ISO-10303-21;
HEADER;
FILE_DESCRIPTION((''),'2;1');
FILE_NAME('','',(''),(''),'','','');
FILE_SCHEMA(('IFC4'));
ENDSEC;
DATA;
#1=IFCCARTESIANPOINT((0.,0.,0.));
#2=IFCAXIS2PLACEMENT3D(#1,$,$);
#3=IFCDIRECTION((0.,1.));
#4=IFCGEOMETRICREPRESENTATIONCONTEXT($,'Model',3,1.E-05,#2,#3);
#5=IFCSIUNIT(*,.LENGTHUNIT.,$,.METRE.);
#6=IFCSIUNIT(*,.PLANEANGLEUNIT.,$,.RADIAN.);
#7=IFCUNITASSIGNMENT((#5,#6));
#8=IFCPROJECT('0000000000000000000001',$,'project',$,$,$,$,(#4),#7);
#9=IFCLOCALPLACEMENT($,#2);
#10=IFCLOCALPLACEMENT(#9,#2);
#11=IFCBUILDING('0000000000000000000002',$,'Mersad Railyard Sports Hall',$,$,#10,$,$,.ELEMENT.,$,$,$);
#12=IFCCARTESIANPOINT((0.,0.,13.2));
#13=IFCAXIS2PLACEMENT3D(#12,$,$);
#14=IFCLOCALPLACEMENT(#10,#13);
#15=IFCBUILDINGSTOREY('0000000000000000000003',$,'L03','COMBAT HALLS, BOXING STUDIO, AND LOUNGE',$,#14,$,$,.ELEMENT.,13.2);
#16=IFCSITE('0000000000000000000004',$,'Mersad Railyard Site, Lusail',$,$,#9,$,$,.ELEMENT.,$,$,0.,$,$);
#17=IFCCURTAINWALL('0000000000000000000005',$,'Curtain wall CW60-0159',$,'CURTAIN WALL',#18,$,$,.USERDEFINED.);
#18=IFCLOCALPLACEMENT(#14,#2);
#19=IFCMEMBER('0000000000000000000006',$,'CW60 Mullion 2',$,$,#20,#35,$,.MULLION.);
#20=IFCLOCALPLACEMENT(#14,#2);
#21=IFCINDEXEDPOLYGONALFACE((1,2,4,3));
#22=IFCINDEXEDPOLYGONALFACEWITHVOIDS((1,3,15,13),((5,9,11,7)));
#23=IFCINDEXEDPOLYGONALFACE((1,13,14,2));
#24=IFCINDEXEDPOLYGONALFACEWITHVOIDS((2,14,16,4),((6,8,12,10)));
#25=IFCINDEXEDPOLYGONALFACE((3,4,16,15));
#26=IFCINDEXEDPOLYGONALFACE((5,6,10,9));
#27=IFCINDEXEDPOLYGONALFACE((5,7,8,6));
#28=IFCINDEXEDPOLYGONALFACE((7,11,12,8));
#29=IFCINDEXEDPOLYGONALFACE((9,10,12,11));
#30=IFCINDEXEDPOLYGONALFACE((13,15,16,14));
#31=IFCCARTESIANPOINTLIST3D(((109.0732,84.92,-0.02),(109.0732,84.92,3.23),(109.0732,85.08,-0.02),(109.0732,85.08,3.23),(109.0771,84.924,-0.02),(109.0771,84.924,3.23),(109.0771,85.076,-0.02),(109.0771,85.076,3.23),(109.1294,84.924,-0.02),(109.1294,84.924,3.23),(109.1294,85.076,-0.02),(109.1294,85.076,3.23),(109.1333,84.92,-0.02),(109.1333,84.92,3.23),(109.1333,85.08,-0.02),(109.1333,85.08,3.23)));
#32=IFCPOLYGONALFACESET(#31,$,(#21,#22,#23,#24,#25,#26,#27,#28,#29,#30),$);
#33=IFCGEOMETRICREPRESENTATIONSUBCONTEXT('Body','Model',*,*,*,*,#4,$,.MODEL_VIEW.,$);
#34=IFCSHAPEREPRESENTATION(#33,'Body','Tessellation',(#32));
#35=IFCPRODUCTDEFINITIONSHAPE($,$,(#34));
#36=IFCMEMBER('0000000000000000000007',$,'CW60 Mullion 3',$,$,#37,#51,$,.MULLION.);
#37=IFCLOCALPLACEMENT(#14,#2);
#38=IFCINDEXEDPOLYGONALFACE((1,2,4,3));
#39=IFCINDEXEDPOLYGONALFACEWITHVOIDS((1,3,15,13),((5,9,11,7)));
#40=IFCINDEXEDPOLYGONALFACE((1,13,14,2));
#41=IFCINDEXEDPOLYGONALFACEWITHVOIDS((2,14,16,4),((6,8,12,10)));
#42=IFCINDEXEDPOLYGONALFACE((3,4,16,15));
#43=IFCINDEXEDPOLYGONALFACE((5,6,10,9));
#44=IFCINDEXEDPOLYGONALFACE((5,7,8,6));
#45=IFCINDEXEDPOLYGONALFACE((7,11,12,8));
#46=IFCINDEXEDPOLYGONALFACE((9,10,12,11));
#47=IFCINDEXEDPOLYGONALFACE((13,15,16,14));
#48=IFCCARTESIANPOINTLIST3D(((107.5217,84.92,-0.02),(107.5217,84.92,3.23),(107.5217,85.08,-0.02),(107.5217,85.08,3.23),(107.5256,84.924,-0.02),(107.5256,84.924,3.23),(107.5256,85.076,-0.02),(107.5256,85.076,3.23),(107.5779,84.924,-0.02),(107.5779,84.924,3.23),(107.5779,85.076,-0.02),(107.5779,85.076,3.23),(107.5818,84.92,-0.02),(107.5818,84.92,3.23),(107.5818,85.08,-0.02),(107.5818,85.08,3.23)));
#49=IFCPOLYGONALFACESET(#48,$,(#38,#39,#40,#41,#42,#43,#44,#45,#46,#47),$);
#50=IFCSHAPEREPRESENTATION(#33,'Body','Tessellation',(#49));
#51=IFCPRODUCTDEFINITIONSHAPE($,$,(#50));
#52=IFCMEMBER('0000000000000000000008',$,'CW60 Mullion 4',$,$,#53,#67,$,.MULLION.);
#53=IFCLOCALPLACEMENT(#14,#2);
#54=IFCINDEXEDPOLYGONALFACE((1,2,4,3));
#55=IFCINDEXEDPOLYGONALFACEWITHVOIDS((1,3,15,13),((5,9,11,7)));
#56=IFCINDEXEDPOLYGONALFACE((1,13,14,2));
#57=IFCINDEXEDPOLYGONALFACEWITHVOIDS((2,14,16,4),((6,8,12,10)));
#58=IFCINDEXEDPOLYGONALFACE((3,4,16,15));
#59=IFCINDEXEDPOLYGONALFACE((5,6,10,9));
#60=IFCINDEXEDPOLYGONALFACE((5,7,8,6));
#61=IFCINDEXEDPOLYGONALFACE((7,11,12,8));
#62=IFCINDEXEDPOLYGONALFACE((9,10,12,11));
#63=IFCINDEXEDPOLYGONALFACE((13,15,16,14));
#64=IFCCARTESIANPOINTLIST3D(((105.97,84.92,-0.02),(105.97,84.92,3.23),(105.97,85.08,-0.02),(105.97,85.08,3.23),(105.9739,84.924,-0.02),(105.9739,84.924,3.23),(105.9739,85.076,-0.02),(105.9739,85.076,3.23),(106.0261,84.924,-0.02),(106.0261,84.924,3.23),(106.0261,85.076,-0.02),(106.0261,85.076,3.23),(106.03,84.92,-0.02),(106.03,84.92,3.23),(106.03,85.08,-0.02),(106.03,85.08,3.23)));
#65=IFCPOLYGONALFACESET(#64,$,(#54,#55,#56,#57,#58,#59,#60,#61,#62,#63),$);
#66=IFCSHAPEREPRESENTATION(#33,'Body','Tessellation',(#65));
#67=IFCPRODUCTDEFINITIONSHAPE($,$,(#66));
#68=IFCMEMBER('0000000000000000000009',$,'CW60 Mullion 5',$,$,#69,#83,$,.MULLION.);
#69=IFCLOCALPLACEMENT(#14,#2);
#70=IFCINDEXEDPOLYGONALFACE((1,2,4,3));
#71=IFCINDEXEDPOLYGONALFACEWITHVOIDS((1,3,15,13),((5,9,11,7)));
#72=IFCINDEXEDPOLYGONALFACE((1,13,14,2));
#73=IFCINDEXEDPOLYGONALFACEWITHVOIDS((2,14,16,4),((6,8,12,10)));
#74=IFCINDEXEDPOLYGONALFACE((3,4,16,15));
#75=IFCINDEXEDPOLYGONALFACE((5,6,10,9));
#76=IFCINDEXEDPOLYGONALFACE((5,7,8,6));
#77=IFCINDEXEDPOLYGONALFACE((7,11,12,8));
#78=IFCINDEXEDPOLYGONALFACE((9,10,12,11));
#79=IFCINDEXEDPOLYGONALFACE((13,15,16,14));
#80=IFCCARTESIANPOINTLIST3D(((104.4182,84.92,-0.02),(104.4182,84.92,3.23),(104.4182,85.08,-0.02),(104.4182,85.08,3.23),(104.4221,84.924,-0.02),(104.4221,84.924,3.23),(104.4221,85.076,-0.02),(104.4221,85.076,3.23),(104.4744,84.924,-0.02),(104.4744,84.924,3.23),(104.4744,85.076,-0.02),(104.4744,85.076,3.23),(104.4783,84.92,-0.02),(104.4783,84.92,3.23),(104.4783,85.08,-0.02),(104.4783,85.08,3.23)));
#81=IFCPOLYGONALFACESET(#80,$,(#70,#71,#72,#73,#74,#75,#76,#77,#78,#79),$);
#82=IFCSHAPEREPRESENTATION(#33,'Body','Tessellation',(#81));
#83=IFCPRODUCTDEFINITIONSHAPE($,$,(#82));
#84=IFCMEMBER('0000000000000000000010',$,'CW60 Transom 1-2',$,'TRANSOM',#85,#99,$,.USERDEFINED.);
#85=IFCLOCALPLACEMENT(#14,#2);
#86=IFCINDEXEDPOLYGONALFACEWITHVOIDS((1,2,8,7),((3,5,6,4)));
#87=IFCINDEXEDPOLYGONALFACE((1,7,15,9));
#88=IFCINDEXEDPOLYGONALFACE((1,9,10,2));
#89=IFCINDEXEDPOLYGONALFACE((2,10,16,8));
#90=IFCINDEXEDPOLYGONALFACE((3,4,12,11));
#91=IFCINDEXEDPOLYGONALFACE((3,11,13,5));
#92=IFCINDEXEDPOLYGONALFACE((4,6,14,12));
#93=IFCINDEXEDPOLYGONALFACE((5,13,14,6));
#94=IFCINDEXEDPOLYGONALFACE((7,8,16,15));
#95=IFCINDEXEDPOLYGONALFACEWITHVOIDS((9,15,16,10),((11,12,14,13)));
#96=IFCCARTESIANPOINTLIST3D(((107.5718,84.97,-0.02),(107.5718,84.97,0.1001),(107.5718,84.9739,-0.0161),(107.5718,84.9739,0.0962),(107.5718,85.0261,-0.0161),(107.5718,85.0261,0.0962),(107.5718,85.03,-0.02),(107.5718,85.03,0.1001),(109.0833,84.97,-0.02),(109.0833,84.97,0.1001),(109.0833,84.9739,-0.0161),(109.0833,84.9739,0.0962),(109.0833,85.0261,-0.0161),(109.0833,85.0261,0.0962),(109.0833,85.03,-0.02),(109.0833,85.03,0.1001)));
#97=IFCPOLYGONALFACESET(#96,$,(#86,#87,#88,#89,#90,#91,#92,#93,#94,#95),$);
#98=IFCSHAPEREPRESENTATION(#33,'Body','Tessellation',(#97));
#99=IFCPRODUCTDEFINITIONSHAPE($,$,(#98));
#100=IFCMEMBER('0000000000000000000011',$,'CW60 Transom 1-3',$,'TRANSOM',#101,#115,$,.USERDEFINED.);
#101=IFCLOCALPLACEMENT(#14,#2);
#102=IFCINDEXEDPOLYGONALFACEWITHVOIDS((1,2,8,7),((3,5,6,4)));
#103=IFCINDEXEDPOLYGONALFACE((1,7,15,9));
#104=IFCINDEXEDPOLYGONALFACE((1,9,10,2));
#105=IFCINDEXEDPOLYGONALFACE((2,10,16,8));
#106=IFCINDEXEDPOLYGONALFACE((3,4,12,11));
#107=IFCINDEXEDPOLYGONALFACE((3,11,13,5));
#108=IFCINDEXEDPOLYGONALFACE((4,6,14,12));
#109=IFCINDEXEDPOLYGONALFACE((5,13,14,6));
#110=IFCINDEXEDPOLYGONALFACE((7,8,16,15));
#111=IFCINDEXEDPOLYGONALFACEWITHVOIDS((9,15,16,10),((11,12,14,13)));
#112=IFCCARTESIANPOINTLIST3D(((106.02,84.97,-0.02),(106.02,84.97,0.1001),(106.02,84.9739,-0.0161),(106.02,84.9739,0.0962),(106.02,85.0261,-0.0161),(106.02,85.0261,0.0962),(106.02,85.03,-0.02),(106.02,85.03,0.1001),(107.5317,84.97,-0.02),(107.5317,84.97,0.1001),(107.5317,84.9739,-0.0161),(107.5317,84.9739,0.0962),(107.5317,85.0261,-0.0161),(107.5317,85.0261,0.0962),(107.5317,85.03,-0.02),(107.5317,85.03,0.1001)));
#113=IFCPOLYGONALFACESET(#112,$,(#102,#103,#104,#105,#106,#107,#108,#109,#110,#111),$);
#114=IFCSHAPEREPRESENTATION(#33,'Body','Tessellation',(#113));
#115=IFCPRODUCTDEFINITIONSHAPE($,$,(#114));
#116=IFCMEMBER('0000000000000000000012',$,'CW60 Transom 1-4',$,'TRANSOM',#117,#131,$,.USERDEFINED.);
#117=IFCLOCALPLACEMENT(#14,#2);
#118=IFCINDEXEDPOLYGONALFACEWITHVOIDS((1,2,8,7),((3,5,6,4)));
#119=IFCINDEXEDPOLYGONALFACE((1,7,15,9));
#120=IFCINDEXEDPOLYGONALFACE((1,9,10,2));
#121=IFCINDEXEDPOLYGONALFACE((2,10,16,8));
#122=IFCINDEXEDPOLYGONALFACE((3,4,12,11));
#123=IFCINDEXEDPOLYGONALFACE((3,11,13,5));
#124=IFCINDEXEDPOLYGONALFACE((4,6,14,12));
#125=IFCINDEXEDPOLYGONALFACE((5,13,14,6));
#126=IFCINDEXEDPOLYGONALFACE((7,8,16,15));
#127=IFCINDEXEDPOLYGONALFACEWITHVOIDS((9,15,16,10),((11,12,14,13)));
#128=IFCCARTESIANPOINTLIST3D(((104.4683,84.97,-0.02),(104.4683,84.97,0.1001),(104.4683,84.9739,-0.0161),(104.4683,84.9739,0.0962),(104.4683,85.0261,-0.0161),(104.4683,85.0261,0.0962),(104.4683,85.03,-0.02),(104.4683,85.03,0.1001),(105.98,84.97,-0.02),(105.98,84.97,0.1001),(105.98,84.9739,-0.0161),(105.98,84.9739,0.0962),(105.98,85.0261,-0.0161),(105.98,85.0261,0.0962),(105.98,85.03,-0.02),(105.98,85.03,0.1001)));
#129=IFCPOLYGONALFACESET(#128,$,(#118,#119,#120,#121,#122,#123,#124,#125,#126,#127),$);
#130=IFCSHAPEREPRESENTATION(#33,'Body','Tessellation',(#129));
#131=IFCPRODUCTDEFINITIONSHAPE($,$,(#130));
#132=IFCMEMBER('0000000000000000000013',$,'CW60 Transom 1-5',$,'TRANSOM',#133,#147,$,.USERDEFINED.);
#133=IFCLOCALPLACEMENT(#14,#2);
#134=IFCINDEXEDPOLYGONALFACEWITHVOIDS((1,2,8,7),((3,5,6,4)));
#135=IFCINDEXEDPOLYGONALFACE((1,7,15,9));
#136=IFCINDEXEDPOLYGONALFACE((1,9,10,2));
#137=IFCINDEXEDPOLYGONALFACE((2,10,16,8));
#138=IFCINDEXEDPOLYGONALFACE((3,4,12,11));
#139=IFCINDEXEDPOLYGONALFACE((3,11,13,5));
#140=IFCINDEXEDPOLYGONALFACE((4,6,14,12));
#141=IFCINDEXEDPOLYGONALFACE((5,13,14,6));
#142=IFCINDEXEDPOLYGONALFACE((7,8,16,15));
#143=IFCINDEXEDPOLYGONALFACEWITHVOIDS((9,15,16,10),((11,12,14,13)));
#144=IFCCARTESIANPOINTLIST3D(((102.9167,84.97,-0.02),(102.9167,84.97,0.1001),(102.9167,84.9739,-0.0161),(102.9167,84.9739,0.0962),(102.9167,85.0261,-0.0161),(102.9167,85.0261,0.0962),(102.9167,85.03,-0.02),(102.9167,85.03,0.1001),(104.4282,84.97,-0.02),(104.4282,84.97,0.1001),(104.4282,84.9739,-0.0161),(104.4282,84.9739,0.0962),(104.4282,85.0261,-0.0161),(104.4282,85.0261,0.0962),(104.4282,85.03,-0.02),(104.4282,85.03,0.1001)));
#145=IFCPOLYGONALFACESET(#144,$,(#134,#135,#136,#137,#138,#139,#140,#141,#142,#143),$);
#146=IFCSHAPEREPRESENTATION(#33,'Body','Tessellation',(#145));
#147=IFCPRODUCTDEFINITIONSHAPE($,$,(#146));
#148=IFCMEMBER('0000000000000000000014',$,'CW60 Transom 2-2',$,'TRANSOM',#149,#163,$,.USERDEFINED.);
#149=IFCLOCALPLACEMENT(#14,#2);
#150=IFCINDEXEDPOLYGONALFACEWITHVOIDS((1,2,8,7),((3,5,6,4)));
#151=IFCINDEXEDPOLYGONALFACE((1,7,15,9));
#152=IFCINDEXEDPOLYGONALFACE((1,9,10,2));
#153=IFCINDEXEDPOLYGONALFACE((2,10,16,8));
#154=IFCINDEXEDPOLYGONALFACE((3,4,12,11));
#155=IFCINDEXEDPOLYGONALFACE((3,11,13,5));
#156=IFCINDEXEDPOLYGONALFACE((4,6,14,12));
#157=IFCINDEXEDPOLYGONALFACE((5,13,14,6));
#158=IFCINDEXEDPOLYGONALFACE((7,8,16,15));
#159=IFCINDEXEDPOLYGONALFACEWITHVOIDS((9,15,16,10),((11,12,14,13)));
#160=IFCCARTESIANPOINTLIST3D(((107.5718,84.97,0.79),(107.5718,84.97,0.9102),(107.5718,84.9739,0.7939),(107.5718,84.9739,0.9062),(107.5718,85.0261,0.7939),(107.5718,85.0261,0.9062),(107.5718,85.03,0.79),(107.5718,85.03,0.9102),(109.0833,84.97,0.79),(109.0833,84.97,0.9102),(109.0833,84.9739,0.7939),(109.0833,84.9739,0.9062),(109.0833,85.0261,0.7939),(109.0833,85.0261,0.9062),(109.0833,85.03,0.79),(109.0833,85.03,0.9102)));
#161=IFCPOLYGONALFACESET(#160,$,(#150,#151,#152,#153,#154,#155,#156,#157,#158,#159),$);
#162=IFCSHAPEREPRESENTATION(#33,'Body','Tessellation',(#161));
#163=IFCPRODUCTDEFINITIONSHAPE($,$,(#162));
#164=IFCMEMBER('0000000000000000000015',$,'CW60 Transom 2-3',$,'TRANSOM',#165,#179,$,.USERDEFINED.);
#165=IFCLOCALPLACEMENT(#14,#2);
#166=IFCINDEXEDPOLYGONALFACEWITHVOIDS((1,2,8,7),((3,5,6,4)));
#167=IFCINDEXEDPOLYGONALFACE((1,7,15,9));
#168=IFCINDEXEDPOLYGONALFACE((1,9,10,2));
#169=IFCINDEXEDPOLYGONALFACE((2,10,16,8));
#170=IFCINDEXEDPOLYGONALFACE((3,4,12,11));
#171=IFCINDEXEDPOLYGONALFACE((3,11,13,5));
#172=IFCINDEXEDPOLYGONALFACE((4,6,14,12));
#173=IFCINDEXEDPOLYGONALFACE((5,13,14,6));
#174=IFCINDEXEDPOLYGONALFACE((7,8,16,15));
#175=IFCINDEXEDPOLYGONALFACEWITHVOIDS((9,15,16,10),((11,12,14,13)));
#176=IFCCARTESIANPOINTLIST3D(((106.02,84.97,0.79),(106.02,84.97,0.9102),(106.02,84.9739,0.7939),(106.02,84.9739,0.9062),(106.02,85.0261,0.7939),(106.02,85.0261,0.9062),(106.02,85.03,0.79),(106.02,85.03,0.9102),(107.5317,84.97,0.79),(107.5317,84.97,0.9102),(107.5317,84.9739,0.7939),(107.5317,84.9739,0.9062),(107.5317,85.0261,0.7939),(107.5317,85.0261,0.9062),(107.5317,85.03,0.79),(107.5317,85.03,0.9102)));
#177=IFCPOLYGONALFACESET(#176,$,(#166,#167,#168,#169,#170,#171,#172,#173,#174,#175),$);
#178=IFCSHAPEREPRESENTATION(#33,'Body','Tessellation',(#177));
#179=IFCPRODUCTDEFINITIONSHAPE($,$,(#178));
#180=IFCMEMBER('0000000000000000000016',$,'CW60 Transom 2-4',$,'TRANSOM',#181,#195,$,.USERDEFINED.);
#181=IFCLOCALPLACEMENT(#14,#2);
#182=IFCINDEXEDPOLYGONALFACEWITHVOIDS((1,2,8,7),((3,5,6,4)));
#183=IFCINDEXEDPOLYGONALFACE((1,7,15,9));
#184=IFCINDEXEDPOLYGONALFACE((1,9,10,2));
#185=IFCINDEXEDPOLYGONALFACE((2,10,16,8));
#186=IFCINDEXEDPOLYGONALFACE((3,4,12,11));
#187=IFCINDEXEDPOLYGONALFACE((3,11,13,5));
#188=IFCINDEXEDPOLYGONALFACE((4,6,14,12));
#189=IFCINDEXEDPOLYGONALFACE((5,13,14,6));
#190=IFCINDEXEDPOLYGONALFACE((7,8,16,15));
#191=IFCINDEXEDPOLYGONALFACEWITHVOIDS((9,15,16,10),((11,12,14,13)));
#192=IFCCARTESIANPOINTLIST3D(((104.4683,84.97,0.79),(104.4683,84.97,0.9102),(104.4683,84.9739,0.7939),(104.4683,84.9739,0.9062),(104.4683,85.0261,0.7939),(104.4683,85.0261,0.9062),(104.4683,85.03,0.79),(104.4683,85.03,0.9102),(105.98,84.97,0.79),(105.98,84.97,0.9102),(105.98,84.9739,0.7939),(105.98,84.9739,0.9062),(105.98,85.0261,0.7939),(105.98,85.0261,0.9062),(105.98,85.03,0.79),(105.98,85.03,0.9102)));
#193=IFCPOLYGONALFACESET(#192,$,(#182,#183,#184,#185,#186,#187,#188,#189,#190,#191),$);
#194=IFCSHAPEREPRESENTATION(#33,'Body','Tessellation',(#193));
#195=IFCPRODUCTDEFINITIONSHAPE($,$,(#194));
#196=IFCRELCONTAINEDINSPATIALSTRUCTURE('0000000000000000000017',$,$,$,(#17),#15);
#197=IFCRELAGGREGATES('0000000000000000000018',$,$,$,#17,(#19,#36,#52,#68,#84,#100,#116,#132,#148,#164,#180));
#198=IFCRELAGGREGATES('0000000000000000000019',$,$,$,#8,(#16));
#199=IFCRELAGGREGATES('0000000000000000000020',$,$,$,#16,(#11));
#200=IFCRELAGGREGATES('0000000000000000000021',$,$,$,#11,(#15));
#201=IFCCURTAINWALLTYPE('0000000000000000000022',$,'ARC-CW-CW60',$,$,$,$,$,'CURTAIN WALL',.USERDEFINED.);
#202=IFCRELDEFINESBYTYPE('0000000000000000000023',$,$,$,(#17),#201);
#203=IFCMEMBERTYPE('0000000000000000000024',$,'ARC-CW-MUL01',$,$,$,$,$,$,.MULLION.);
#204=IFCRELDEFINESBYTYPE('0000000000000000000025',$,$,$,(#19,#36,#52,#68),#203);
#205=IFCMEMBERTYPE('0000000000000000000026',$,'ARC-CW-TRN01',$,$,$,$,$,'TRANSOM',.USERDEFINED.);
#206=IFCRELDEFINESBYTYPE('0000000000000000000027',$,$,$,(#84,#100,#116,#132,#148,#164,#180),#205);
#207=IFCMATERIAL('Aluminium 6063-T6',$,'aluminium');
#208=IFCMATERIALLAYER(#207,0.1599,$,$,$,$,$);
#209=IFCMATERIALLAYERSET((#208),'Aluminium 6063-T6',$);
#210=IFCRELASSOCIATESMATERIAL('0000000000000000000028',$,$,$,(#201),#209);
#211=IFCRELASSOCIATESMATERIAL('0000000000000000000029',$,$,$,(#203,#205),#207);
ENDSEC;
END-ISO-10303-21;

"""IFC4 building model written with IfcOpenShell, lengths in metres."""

from ifc_helpers import new_model, si_unit, direction, frame, origin, origin_2d, place, context, subcontext, project, spatial, hollow_rectangle, extrude, material, layer, layer_set, material_profile, profile_set, type_object, element, aggregate, save


model = new_model("IFC4")

# Units and contexts
model_context = context("Model", 3, precision=1e-05, world=origin(), true_north=direction((0.0, 1.0)))
body_context = subcontext(model_context, "Body", "Model", "MODEL_VIEW")
ifc_project = project(units=[si_unit("LENGTHUNIT", "METRE"), si_unit("PLANEANGLEUNIT", "RADIAN")], contexts=[model_context])

# Site, building, storey
site_placement = place(None, origin())
site = spatial("IfcSite", under=ifc_project, at=site_placement, Name="Mersad Railyard Site, Lusail", CompositionType="ELEMENT", RefElevation=0.0)
building_placement = place(site_placement, origin())
building = spatial("IfcBuilding", under=site, at=building_placement, Name="Mersad Railyard Sports Hall", CompositionType="ELEMENT")
storey_placement = place(building_placement, frame((0.0, 0.0, 13.2)))
storey = spatial("IfcBuildingStorey", under=building, at=storey_placement, Name="L03", Description="COMBAT HALLS, BOXING STUDIO, AND LOUNGE", CompositionType="ELEMENT", Elevation=13.2)

# Curtain wall, members
ifc_material_1 = material(Name="Aluminium 6063-T6", Category="aluminium")
ifc_layer_1 = layer(ifc_material_1, 0.1599)
ifc_layer_set_1 = layer_set([ifc_layer_1], Name="Aluminium 6063-T6")
curtain_wall_type = type_object("IfcCurtainWallType", Name="ARC-CW-CW60", ElementType="CURTAIN WALL", PredefinedType="USERDEFINED", material=ifc_layer_set_1)
curtain_wall_placement = place(storey_placement, origin())
curtain_wall = element("IfcCurtainWall", 1, at=curtain_wall_placement, inside=storey, type_object=curtain_wall_type, Name="Curtain wall CW60-0159", ObjectType="CURTAIN WALL", PredefinedType="USERDEFINED")
ifc_material_profile_1 = material_profile(ifc_material_1, hollow_rectangle(XDim=0.0601, YDim=0.1599, WallThickness=0.0039, at=origin_2d()), Name="AL MULLION 60x160x4")
ifc_profile_set_1 = profile_set([ifc_material_profile_1], Name="Aluminium 6063-T6")
member_type_1 = type_object("IfcMemberType", Name="ARC-CW-MUL01", PredefinedType="MULLION", material=ifc_profile_set_1)
member_1_placement = place(storey_placement, frame((109.1033, 85.0, -0.02), z_axis=(0.0, 0.0, 1.0), x_axis=(1.0, 0.0, 0.0)))
member_1 = element("IfcMember", 2, at=member_1_placement, type_object=member_type_1, Name="CW60 Mullion 2", PredefinedType="MULLION", context=body_context, shape_type="SweptSolid", body=[
    extrude(hollow_rectangle(XDim=0.0601, YDim=0.1599, WallThickness=0.0039, at=origin_2d()), origin(), (0.0, 0.0, 1.0), 3.25),
])
member_2_placement = place(storey_placement, frame((107.5518, 85.0, -0.02), z_axis=(0.0, 0.0, 1.0), x_axis=(1.0, 0.0, 0.0)))
member_2 = element("IfcMember", 3, at=member_2_placement, type_object=member_type_1, Name="CW60 Mullion 3", PredefinedType="MULLION", context=body_context, shape_type="SweptSolid", body=[
    extrude(hollow_rectangle(XDim=0.0601, YDim=0.1599, WallThickness=0.0039, at=origin_2d()), origin(), (0.0, 0.0, 1.0), 3.25),
])
member_3_placement = place(storey_placement, frame((106.0, 85.0, -0.02), z_axis=(0.0, 0.0, 1.0), x_axis=(1.0, 0.0, 0.0)))
member_3 = element("IfcMember", 4, at=member_3_placement, type_object=member_type_1, Name="CW60 Mullion 4", PredefinedType="MULLION", context=body_context, shape_type="SweptSolid", body=[
    extrude(hollow_rectangle(XDim=0.0601, YDim=0.1599, WallThickness=0.0039, at=origin_2d()), origin(), (0.0, 0.0, 1.0), 3.25),
])
member_4_placement = place(storey_placement, frame((104.4482, 85.0, -0.02), z_axis=(0.0, 0.0, 1.0), x_axis=(1.0, 0.0, 0.0)))
member_4 = element("IfcMember", 5, at=member_4_placement, type_object=member_type_1, Name="CW60 Mullion 5", PredefinedType="MULLION", context=body_context, shape_type="SweptSolid", body=[
    extrude(hollow_rectangle(XDim=0.0601, YDim=0.1599, WallThickness=0.0039, at=origin_2d()), origin(), (0.0, 0.0, 1.0), 3.25),
])
ifc_material_profile_2 = material_profile(ifc_material_1, hollow_rectangle(XDim=0.0601, YDim=0.1201, WallThickness=0.0039, at=origin_2d()), Name="AL TRANSOM 60x120x4")
ifc_profile_set_2 = profile_set([ifc_material_profile_2], Name="Aluminium 6063-T6")
member_type_2 = type_object("IfcMemberType", Name="ARC-CW-TRN01", ElementType="TRANSOM", PredefinedType="USERDEFINED", material=ifc_profile_set_2)
member_5_placement = place(storey_placement, frame((109.0833, 85.0, 0.04), z_axis=(-1.0, 0.0, 0.0), x_axis=(0.0, -1.0, 0.0)))
member_5 = element("IfcMember", 6, at=member_5_placement, type_object=member_type_2, Name="CW60 Transom 1-2", ObjectType="TRANSOM", PredefinedType="USERDEFINED", context=body_context, shape_type="SweptSolid", body=[
    extrude(hollow_rectangle(XDim=0.0601, YDim=0.1201, WallThickness=0.0039, at=origin_2d()), origin(), (0.0, 0.0, 1.0), 1.5115),
])
member_6_placement = place(storey_placement, frame((107.5317, 85.0, 0.04), z_axis=(-1.0, 0.0, 0.0), x_axis=(0.0, -1.0, 0.0)))
member_6 = element("IfcMember", 7, at=member_6_placement, type_object=member_type_2, Name="CW60 Transom 1-3", ObjectType="TRANSOM", PredefinedType="USERDEFINED", context=body_context, shape_type="SweptSolid", body=[
    extrude(hollow_rectangle(XDim=0.0601, YDim=0.1201, WallThickness=0.0039, at=origin_2d()), origin(), (0.0, 0.0, 1.0), 1.5117),
])
member_7_placement = place(storey_placement, frame((105.98, 85.0, 0.04), z_axis=(-1.0, 0.0, 0.0), x_axis=(0.0, -1.0, 0.0)))
member_7 = element("IfcMember", 8, at=member_7_placement, type_object=member_type_2, Name="CW60 Transom 1-4", ObjectType="TRANSOM", PredefinedType="USERDEFINED", context=body_context, shape_type="SweptSolid", body=[
    extrude(hollow_rectangle(XDim=0.0601, YDim=0.1201, WallThickness=0.0039, at=origin_2d()), origin(), (0.0, 0.0, 1.0), 1.5117),
])
member_8_placement = place(storey_placement, frame((104.4282, 85.0, 0.04), z_axis=(-1.0, 0.0, 0.0), x_axis=(0.0, -1.0, 0.0)))
member_8 = element("IfcMember", 9, at=member_8_placement, type_object=member_type_2, Name="CW60 Transom 1-5", ObjectType="TRANSOM", PredefinedType="USERDEFINED", context=body_context, shape_type="SweptSolid", body=[
    extrude(hollow_rectangle(XDim=0.0601, YDim=0.1201, WallThickness=0.0039, at=origin_2d()), origin(), (0.0, 0.0, 1.0), 1.5115),
])
member_9_placement = place(storey_placement, frame((109.0833, 85.0, 0.8501), z_axis=(-1.0, 0.0, 0.0), x_axis=(0.0, -1.0, 0.0)))
member_9 = element("IfcMember", 10, at=member_9_placement, type_object=member_type_2, Name="CW60 Transom 2-2", ObjectType="TRANSOM", PredefinedType="USERDEFINED", context=body_context, shape_type="SweptSolid", body=[
    extrude(hollow_rectangle(XDim=0.0601, YDim=0.1201, WallThickness=0.0039, at=origin_2d()), origin(), (0.0, 0.0, 1.0), 1.5115),
])
member_10_placement = place(storey_placement, frame((107.5317, 85.0, 0.8501), z_axis=(-1.0, 0.0, 0.0), x_axis=(0.0, -1.0, 0.0)))
member_10 = element("IfcMember", 11, at=member_10_placement, type_object=member_type_2, Name="CW60 Transom 2-3", ObjectType="TRANSOM", PredefinedType="USERDEFINED", context=body_context, shape_type="SweptSolid", body=[
    extrude(hollow_rectangle(XDim=0.0601, YDim=0.1201, WallThickness=0.0039, at=origin_2d()), origin(), (0.0, 0.0, 1.0), 1.5117),
])
member_11_placement = place(storey_placement, frame((105.98, 85.0, 0.8501), z_axis=(-1.0, 0.0, 0.0), x_axis=(0.0, -1.0, 0.0)))
member_11 = element("IfcMember", 12, at=member_11_placement, type_object=member_type_2, Name="CW60 Transom 2-4", ObjectType="TRANSOM", PredefinedType="USERDEFINED", context=body_context, shape_type="SweptSolid", body=[
    extrude(hollow_rectangle(XDim=0.0601, YDim=0.1201, WallThickness=0.0039, at=origin_2d()), origin(), (0.0, 0.0, 1.0), 1.5117),
])

aggregate(curtain_wall, [member_1, member_2, member_3, member_4, member_5, member_6, member_7, member_8, member_9, member_10, member_11])

save(model, "model.ifc")
